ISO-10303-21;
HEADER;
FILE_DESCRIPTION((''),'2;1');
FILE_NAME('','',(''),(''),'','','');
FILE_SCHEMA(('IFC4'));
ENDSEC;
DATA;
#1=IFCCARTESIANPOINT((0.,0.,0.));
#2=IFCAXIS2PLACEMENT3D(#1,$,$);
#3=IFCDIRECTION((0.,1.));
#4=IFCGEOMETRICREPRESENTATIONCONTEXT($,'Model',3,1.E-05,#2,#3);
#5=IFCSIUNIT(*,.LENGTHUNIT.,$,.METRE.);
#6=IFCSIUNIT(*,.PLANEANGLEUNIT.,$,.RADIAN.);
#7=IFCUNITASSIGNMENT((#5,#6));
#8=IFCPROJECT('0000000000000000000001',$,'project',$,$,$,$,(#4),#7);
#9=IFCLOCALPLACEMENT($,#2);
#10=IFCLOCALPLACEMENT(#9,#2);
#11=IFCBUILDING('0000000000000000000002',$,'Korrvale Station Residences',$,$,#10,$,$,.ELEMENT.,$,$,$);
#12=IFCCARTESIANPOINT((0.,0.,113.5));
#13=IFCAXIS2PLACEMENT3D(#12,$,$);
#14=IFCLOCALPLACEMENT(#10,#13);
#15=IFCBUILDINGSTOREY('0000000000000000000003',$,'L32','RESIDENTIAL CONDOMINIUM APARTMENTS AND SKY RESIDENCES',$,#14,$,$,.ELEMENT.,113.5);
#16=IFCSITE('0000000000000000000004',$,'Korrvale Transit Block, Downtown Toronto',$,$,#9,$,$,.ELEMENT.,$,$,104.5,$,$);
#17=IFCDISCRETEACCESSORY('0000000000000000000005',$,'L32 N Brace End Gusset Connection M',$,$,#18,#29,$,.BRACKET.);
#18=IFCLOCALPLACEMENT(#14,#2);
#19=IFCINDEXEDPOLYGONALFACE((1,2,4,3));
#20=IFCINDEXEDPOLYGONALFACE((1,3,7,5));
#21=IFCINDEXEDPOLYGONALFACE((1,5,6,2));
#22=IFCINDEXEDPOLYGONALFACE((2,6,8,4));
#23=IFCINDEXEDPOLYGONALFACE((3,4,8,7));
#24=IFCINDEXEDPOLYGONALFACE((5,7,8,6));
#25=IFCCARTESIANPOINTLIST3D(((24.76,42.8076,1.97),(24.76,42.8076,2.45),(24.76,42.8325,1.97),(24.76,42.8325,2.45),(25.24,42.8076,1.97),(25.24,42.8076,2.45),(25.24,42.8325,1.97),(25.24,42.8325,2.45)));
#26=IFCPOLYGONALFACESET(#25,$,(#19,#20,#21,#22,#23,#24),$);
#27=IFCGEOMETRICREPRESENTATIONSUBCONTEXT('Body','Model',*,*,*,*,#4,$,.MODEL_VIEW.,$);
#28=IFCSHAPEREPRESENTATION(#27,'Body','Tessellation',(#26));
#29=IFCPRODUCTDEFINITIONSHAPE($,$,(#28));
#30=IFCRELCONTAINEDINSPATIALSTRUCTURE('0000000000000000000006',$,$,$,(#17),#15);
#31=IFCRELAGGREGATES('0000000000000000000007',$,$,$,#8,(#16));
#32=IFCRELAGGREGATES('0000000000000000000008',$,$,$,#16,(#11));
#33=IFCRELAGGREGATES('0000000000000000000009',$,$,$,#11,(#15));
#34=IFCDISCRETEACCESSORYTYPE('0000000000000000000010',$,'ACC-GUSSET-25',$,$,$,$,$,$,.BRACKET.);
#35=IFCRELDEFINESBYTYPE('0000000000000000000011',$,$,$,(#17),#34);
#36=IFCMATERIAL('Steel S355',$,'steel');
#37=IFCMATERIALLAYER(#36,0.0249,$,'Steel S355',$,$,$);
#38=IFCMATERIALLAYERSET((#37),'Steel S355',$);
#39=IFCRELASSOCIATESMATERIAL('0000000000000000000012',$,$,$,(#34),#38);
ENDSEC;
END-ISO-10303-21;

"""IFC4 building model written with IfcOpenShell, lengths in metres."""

from ifc_helpers import new_model, si_unit, direction, frame, origin, origin_2d, place, context, subcontext, project, spatial, rectangle, extrude, material, layer, layer_set, type_object, element, save


model = new_model("IFC4")

# Units and contexts
model_context = context("Model", 3, precision=1e-05, world=origin(), true_north=direction((0.0, 1.0)))
body_context = subcontext(model_context, "Body", "Model", "MODEL_VIEW")
ifc_project = project(units=[si_unit("LENGTHUNIT", "METRE"), si_unit("PLANEANGLEUNIT", "RADIAN")], contexts=[model_context])

# Site, building, storey
site_placement = place(None, origin())
site = spatial("IfcSite", under=ifc_project, at=site_placement, Name="Korrvale Transit Block, Downtown Toronto", CompositionType="ELEMENT", RefElevation=104.5)
building_placement = place(site_placement, origin())
building = spatial("IfcBuilding", under=site, at=building_placement, Name="Korrvale Station Residences", CompositionType="ELEMENT")
storey_placement = place(building_placement, frame((0.0, 0.0, 113.5)))
storey = spatial("IfcBuildingStorey", under=building, at=storey_placement, Name="L32", Description="RESIDENTIAL CONDOMINIUM APARTMENTS AND SKY RESIDENCES", CompositionType="ELEMENT", Elevation=113.5)

# Shared definitions
ifc_material_1 = material(Name="Steel S355", Category="steel")

# Discrete accessory
ifc_layer_1 = layer(ifc_material_1, 0.0249, Name="Steel S355")
ifc_layer_set_1 = layer_set([ifc_layer_1], Name="Steel S355")
discrete_accessory_type = type_object("IfcDiscreteAccessoryType", Name="ACC-GUSSET-25", PredefinedType="BRACKET", material=ifc_layer_set_1)
for number, where, z_axis, x_axis, name in (
    (1, (25.0, 42.8201, 1.97), (0.0, 0.0, 1.0), (1.0, 0.0, 0.0), "L32 N Brace End Gusset Connection M"),
):
    element("IfcDiscreteAccessory", number, at=place(storey_placement, frame(where, z_axis=z_axis, x_axis=x_axis)), inside=storey, type_object=discrete_accessory_type, Name=name, PredefinedType="BRACKET", context=body_context, shape_type="SweptSolid", body=[
        extrude(rectangle(XDim=0.48, YDim=0.0249, at=origin_2d()), origin(), (0.0, 0.0, 1.0), 0.48),
    ])

save(model, "model.ifc")
